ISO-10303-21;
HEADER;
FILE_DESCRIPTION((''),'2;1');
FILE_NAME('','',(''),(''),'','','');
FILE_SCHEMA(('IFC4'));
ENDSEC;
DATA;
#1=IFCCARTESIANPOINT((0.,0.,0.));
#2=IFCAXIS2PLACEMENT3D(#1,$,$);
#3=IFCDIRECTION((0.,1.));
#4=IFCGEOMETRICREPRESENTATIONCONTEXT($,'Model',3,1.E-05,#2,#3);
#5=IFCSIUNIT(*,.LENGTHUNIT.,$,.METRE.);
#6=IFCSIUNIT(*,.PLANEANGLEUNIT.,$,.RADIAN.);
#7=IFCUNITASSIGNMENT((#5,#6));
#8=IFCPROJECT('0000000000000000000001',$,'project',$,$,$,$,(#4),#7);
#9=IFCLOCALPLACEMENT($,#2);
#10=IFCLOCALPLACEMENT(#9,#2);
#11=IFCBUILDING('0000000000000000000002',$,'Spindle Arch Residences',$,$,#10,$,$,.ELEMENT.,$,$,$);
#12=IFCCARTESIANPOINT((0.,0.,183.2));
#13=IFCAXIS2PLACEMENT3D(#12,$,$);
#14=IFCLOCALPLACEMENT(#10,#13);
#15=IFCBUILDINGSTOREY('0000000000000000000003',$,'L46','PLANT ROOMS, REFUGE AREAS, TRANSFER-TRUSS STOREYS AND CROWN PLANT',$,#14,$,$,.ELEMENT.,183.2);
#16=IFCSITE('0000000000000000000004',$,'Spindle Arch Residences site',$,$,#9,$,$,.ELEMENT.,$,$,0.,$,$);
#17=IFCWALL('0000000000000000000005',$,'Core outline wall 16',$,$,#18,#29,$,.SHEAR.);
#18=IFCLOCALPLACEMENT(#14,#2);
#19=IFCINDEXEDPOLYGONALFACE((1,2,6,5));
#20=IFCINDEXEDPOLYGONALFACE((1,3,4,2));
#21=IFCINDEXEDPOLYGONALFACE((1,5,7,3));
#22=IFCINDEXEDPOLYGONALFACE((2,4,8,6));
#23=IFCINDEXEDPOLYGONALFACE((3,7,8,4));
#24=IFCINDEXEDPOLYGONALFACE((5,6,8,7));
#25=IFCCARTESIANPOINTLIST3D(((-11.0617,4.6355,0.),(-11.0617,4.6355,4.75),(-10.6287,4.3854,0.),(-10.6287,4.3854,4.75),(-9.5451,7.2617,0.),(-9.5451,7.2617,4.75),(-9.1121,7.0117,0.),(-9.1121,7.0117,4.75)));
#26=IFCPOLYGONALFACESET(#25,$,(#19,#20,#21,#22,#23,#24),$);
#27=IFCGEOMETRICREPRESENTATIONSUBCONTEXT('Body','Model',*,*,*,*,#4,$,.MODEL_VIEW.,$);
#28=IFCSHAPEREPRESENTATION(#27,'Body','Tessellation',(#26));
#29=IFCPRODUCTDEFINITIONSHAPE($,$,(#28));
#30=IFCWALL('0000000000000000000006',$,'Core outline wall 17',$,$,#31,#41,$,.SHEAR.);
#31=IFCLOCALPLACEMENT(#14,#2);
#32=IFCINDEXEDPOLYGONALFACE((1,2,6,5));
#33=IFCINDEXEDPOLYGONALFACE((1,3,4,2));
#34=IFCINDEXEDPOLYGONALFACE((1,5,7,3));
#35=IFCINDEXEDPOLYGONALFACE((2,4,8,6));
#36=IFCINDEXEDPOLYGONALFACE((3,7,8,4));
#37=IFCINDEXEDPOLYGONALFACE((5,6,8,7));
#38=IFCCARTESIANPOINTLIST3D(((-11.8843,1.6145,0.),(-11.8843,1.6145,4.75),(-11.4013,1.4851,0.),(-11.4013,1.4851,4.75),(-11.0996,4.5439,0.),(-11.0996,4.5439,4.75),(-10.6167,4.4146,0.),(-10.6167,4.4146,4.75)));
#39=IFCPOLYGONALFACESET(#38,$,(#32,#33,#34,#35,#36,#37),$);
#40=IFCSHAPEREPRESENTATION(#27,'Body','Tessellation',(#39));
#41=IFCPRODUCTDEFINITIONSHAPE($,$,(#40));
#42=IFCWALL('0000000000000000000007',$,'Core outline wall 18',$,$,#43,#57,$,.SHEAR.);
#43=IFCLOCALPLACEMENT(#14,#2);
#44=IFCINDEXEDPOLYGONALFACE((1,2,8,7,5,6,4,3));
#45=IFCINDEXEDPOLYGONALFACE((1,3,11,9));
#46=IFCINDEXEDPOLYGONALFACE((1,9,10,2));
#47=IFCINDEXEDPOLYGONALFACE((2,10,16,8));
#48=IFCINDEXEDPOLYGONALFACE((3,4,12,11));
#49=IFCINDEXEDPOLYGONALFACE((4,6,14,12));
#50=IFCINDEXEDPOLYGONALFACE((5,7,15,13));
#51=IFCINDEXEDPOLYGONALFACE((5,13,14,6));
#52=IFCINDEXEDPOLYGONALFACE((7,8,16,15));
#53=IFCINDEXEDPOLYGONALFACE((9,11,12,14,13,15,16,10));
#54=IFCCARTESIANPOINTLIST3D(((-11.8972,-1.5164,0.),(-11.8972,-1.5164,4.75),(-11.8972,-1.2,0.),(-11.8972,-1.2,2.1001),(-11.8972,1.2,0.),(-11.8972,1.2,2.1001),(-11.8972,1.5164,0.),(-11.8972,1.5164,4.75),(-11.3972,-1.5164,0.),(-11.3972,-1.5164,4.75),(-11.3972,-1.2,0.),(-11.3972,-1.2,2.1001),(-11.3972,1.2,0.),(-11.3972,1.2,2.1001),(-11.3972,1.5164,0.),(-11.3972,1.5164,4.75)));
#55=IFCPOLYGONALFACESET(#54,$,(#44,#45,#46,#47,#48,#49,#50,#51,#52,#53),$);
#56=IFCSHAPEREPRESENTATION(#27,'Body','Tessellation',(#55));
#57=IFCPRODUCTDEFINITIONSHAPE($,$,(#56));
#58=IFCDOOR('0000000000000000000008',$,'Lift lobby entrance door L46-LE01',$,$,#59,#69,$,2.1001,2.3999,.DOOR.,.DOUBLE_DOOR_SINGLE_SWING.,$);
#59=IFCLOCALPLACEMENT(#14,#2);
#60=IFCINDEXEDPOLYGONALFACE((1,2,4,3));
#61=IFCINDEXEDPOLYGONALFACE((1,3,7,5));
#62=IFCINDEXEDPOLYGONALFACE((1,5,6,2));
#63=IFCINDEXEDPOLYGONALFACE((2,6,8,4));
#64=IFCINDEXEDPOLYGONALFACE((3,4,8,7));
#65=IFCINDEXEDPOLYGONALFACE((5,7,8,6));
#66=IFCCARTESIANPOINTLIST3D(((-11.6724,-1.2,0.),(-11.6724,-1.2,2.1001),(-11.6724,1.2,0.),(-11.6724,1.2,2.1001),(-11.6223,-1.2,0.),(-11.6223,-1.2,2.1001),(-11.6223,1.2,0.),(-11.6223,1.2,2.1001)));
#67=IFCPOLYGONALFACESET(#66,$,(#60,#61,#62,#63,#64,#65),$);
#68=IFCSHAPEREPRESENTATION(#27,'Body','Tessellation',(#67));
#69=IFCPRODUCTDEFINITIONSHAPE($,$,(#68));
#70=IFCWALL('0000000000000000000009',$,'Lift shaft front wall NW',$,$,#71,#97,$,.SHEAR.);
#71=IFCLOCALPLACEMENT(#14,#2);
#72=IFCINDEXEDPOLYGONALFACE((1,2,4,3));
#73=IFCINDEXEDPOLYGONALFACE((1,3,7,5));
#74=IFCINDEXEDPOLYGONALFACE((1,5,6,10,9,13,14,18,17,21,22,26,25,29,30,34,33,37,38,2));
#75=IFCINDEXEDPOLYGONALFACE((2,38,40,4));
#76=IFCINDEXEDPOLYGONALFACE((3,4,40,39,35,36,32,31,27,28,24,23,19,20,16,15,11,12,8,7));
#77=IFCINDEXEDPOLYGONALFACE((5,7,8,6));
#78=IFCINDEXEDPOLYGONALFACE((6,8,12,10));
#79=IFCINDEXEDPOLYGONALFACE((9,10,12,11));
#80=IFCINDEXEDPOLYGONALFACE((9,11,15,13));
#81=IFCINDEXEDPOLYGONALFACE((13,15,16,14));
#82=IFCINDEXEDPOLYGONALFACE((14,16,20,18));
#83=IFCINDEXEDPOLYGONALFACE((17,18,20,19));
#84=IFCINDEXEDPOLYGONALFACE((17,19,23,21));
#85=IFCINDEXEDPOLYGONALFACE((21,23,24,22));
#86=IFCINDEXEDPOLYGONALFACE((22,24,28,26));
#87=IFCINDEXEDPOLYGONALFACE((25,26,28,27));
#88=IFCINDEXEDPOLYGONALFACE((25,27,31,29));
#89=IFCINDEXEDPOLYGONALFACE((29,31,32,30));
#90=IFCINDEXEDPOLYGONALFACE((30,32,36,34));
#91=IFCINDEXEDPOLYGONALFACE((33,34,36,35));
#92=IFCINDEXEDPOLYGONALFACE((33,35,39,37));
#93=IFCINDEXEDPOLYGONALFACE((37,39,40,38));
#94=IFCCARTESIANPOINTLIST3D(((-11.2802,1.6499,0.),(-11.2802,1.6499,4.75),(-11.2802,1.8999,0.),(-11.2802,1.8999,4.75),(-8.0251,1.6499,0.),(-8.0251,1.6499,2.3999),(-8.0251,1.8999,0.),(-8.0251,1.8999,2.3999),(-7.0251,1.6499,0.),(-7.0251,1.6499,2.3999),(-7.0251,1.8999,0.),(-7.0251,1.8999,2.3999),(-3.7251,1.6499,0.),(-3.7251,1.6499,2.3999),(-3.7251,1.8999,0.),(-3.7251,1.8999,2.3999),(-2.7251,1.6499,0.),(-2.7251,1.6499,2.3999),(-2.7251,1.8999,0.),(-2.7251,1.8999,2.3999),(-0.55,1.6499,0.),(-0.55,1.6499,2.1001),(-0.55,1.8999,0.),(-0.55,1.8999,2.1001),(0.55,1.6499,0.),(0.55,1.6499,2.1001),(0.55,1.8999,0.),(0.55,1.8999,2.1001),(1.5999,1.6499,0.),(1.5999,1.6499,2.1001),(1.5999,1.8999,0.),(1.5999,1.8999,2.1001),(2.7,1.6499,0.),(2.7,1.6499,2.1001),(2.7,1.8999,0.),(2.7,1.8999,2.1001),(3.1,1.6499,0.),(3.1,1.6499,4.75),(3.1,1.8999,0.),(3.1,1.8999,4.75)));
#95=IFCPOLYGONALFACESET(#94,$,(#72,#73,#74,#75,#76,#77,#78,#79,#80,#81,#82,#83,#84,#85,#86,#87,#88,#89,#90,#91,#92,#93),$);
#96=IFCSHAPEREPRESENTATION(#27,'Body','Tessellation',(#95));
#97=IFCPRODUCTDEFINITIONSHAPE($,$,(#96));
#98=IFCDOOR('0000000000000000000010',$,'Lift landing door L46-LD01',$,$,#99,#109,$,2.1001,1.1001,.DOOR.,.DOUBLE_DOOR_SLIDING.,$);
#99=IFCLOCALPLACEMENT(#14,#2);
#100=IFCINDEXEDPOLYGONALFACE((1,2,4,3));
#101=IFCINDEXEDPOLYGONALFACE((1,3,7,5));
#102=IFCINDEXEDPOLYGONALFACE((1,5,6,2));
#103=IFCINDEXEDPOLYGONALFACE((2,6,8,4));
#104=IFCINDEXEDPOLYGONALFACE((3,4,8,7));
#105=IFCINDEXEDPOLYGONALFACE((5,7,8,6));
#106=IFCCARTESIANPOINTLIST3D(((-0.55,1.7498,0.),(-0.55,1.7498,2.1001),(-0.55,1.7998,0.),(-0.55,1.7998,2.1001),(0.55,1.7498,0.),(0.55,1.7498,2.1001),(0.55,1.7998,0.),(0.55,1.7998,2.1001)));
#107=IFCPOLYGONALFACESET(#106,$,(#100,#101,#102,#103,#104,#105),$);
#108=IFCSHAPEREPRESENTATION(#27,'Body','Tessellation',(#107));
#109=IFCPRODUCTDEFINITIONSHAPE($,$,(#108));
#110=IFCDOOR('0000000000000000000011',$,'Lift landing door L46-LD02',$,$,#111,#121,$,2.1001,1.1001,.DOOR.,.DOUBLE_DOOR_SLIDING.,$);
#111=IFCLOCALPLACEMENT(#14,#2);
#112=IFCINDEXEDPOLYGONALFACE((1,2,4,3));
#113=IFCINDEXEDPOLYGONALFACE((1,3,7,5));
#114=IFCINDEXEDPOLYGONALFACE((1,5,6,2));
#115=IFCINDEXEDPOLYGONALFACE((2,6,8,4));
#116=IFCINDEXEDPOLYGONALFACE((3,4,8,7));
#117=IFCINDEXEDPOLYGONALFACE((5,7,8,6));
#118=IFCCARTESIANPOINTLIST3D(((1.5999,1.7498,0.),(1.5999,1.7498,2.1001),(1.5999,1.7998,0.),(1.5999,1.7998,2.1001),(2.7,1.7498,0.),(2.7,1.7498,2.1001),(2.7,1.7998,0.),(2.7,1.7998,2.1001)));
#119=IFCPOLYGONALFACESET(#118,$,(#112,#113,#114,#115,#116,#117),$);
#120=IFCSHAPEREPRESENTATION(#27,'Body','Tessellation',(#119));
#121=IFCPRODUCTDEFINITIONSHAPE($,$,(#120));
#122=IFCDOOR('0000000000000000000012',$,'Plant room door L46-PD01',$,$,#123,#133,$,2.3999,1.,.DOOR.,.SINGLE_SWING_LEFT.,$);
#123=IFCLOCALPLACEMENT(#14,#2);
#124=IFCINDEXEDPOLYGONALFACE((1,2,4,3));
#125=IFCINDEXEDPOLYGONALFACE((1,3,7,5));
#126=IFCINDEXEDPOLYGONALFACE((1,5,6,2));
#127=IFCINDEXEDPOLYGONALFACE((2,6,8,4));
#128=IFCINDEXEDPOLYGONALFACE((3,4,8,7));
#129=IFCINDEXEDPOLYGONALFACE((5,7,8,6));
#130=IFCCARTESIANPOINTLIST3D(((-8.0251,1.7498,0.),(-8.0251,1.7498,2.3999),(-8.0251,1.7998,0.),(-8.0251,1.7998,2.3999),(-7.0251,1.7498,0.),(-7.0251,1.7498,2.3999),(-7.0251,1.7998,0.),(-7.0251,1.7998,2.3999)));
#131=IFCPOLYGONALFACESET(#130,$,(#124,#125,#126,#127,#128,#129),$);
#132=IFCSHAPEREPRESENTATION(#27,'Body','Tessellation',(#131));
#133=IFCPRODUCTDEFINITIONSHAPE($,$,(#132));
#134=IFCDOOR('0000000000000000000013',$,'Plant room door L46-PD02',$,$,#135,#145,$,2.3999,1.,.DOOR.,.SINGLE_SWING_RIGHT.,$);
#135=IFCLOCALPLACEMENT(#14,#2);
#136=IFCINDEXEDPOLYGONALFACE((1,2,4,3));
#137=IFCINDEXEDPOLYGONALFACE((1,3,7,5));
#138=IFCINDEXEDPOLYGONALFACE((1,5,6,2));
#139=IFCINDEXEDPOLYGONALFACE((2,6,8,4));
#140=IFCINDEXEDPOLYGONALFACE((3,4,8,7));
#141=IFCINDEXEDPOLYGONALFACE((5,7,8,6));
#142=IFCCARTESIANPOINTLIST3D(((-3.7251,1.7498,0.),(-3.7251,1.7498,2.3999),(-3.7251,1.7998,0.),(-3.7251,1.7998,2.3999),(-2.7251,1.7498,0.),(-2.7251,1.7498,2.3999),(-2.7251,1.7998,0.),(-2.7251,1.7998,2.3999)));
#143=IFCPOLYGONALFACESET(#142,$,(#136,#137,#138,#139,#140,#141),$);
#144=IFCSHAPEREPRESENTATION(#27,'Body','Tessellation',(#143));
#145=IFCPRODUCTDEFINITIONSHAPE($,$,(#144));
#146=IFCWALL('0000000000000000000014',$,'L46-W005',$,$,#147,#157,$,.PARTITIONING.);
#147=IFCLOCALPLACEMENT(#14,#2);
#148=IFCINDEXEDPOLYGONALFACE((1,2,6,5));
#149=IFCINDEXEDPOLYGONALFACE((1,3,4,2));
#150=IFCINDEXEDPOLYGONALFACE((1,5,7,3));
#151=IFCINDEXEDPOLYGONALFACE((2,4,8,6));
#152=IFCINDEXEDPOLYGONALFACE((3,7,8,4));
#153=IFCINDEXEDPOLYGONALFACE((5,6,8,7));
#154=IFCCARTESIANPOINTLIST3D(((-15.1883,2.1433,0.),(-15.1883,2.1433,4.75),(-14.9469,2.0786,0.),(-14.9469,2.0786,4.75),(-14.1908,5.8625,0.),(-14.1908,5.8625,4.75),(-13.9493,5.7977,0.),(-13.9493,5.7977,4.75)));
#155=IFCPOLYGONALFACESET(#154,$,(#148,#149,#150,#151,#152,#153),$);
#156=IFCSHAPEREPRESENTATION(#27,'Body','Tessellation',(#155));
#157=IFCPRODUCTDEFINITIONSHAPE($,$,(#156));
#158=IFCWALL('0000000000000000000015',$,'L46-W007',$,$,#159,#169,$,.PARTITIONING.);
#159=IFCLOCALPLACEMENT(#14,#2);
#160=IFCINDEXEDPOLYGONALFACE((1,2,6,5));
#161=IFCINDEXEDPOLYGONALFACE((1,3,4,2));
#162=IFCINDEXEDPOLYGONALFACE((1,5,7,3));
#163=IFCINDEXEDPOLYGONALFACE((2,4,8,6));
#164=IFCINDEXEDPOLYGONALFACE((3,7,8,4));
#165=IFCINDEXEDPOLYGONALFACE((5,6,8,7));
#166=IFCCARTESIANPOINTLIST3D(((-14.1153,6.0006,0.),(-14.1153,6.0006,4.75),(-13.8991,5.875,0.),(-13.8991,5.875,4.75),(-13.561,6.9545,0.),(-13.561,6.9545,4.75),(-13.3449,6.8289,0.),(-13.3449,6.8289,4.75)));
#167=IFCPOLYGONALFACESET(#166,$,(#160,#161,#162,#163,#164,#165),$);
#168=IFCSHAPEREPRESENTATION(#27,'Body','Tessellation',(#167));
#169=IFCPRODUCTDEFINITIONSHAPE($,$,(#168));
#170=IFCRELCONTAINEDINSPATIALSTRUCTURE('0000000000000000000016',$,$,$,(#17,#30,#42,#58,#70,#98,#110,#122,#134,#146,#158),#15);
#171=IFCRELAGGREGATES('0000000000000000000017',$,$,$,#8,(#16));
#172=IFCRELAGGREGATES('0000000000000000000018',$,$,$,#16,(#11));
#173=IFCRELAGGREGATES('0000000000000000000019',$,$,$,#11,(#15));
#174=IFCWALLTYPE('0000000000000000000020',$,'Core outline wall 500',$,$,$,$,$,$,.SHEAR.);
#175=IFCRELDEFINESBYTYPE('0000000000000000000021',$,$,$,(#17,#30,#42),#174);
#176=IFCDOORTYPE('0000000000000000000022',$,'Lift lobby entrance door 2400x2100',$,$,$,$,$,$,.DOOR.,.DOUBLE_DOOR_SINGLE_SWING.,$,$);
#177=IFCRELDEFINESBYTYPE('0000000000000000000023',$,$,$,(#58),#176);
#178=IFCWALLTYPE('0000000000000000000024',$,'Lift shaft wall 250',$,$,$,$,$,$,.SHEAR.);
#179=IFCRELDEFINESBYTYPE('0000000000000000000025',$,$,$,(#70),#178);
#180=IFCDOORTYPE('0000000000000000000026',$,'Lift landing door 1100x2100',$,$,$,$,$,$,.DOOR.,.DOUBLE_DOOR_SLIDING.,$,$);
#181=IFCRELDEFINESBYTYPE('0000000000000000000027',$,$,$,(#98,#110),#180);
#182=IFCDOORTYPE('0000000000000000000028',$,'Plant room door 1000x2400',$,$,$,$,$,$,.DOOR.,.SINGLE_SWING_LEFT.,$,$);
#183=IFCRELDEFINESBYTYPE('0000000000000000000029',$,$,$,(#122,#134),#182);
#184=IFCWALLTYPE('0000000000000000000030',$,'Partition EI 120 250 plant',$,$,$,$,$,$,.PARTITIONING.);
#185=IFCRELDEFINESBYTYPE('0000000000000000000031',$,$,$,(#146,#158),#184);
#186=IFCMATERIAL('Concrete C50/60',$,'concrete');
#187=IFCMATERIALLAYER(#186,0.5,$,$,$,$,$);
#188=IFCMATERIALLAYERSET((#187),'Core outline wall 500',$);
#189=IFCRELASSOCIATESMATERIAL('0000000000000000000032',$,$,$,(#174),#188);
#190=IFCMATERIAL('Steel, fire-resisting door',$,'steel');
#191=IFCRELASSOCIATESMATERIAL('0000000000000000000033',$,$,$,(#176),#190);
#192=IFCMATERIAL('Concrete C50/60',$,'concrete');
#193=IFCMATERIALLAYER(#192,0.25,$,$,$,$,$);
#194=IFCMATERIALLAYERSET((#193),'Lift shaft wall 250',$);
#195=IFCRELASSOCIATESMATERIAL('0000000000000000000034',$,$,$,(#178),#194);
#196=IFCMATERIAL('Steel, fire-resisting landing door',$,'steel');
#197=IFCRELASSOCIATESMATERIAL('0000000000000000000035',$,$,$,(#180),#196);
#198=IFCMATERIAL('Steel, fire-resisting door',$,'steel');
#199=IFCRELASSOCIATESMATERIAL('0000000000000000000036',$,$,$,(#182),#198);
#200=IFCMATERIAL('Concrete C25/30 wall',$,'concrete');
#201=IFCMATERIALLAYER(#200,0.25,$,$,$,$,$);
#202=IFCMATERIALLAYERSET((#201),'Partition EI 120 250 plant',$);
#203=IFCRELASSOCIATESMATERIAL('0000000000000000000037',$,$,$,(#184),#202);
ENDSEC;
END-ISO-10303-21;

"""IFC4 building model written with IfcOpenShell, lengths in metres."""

from ifc_helpers import new_model, si_unit, direction, frame, frame_2d, origin, place, context, subcontext, project, spatial, rectangle, extrude, material, layer, layer_set, type_object, element, fill, save


model = new_model("IFC4")

# Units and contexts
model_context = context("Model", 3, precision=1e-05, world=origin(), true_north=direction((0.0, 1.0)))
body_context = subcontext(model_context, "Body", "Model", "MODEL_VIEW")
ifc_project = project(units=[si_unit("LENGTHUNIT", "METRE"), si_unit("PLANEANGLEUNIT", "RADIAN")], contexts=[model_context])

# Site, building, storey
site_placement = place(None, origin())
site = spatial("IfcSite", under=ifc_project, at=site_placement, Name="Spindle Arch Residences site", CompositionType="ELEMENT", RefElevation=0.0)
building_placement = place(site_placement, origin())
building = spatial("IfcBuilding", under=site, at=building_placement, Name="Spindle Arch Residences", CompositionType="ELEMENT")
storey_placement = place(building_placement, frame((0.0, 0.0, 183.2)))
storey = spatial("IfcBuildingStorey", under=building, at=storey_placement, Name="L46", Description="PLANT ROOMS, REFUGE AREAS, TRANSFER-TRUSS STOREYS AND CROWN PLANT", CompositionType="ELEMENT", Elevation=183.2)

# Walls
ifc_material_1 = material(Name="Concrete C50/60", Category="concrete")
ifc_layer_1 = layer(ifc_material_1, 0.5)
ifc_layer_set_1 = layer_set([ifc_layer_1], Name="Core outline wall 500")
wall_type_1 = type_object("IfcWallType", Name="Core outline wall 500", PredefinedType="SHEAR", material=ifc_layer_set_1)
for number, where, z_axis, x_axis, name in (
    (1, (-9.3286, 7.1367, 0.0), (0.0, 0.0, 1.0), (-0.500087, -0.865975, 0.0), "Core outline wall 16"),
    (2, (-10.8582, 4.4792, 0.0), (0.0, 0.0, 1.0), (-0.258735, -0.965948, 0.0), "Core outline wall 17"),
):
    element("IfcWall", number, at=place(storey_placement, frame(where, z_axis=z_axis, x_axis=x_axis)), inside=storey, type_object=wall_type_1, Name=name, PredefinedType="SHEAR", context=body_context, shape_type="SweptSolid", body=[
        extrude(rectangle(XDim=3.0327, YDim=0.5, at=frame_2d((1.5164, 0.0))), origin(), (0.0, 0.0, 1.0), 4.75),
    ])

# Wall, opening, door
wall_1_placement = place(storey_placement, frame((-11.6472, 1.5164, 0.0), z_axis=(0.0, 0.0, 1.0), x_axis=(0.0, -1.0, 0.0)))
wall_1 = element("IfcWall", 3, at=wall_1_placement, inside=storey, type_object=wall_type_1, Name="Core outline wall 18", PredefinedType="SHEAR", context=body_context, shape_type="SweptSolid", body=[
    extrude(rectangle(XDim=3.0327, YDim=0.5, at=frame_2d((1.5164, 0.0))), origin(), (0.0, 0.0, 1.0), 4.75),
])
opening_1_placement = place(wall_1_placement, frame((0.3164, 0.0, 0.0)))
opening_1 = element("IfcOpeningElement", 4, at=opening_1_placement, cuts=wall_1, PredefinedType="OPENING", context=body_context, shape_type="SweptSolid", body=[
    extrude(rectangle(XDim=2.3999, YDim=2.1001, at=frame_2d((1.2, 1.05))), frame((0.0, 0.26, 0.0), z_axis=(0.0, -1.0, 0.0), x_axis=(1.0, 0.0, 0.0)), (0.0, 0.0, 1.0), 0.52),
])
ifc_material_2 = material(Name="Steel, fire-resisting door", Category="steel")
door_type_1 = type_object("IfcDoorType", Name="Lift lobby entrance door 2400x2100", OperationType="DOUBLE_DOOR_SINGLE_SWING", PredefinedType="DOOR", material=ifc_material_2)
door_1_placement = place(opening_1_placement, origin())
door_1 = element("IfcDoor", 5, at=door_1_placement, inside=storey, type_object=door_type_1, Name="Lift lobby entrance door L46-LE01", OperationType="DOUBLE_DOOR_SINGLE_SWING", OverallHeight=2.1001, OverallWidth=2.3999, PredefinedType="DOOR", context=body_context, shape_type="SweptSolid", body=[
    extrude(rectangle(XDim=2.3999, YDim=2.1001, at=frame_2d((1.2, 1.05))), frame((0.0, 0.0249, 0.0), z_axis=(0.0, -1.0, 0.0), x_axis=(1.0, 0.0, 0.0)), (0.0, 0.0, 1.0), 0.05),
])
fill(opening_1, door_1)

# Wall, openings, doors
ifc_material_3 = material(Name="Concrete C50/60", Category="concrete")
ifc_layer_2 = layer(ifc_material_3, 0.25)
ifc_layer_set_2 = layer_set([ifc_layer_2], Name="Lift shaft wall 250")
wall_type_2 = type_object("IfcWallType", Name="Lift shaft wall 250", PredefinedType="SHEAR", material=ifc_layer_set_2)
wall_2_placement = place(storey_placement, frame((-11.28, 1.7749, 0.0), z_axis=(0.0, 0.0, 1.0), x_axis=(1.0, 0.0, 0.0)))
wall_2 = element("IfcWall", 6, at=wall_2_placement, inside=storey, type_object=wall_type_2, Name="Lift shaft front wall NW", PredefinedType="SHEAR", context=body_context, shape_type="SweptSolid", body=[
    extrude(rectangle(XDim=14.3801, YDim=0.25, at=frame_2d((7.1899, 0.0))), origin(), (0.0, 0.0, 1.0), 4.75),
])
opening_2_placement = place(wall_2_placement, frame((10.73, 0.0, 0.0)))
opening_2 = element("IfcOpeningElement", 7, at=opening_2_placement, cuts=wall_2, PredefinedType="OPENING", context=body_context, shape_type="SweptSolid", body=[
    extrude(rectangle(XDim=1.1001, YDim=2.1001, at=frame_2d((0.55, 1.05))), frame((0.0, 0.135, 0.0), z_axis=(0.0, -1.0, 0.0), x_axis=(1.0, 0.0, 0.0)), (0.0, 0.0, 1.0), 0.27),
])
opening_3_placement = place(wall_2_placement, frame((12.8799, 0.0, 0.0)))
opening_3 = element("IfcOpeningElement", 8, at=opening_3_placement, cuts=wall_2, PredefinedType="OPENING", context=body_context, shape_type="SweptSolid", body=[
    extrude(rectangle(XDim=1.1001, YDim=2.1001, at=frame_2d((0.55, 1.05))), frame((0.0, 0.135, 0.0), z_axis=(0.0, -1.0, 0.0), x_axis=(1.0, 0.0, 0.0)), (0.0, 0.0, 1.0), 0.27),
])
opening_4_placement = place(wall_2_placement, frame((3.2549, 0.0, 0.0)))
opening_4 = element("IfcOpeningElement", 9, at=opening_4_placement, cuts=wall_2, PredefinedType="OPENING", context=body_context, shape_type="SweptSolid", body=[
    extrude(rectangle(XDim=1.0, YDim=2.3999, at=frame_2d((0.5, 1.2))), frame((0.0, 0.135, 0.0), z_axis=(0.0, -1.0, 0.0), x_axis=(1.0, 0.0, 0.0)), (0.0, 0.0, 1.0), 0.27),
])
opening_5_placement = place(wall_2_placement, frame((7.5549, 0.0, 0.0)))
opening_5 = element("IfcOpeningElement", 10, at=opening_5_placement, cuts=wall_2, PredefinedType="OPENING", context=body_context, shape_type="SweptSolid", body=[
    extrude(rectangle(XDim=1.0, YDim=2.3999, at=frame_2d((0.5, 1.2))), frame((0.0, 0.135, 0.0), z_axis=(0.0, -1.0, 0.0), x_axis=(1.0, 0.0, 0.0)), (0.0, 0.0, 1.0), 0.27),
])
ifc_material_4 = material(Name="Steel, fire-resisting landing door", Category="steel")
door_type_2 = type_object("IfcDoorType", Name="Lift landing door 1100x2100", OperationType="DOUBLE_DOOR_SLIDING", PredefinedType="DOOR", material=ifc_material_4)
door_2_placement = place(opening_2_placement, origin())
door_2 = element("IfcDoor", 11, at=door_2_placement, inside=storey, type_object=door_type_2, Name="Lift landing door L46-LD01", OperationType="DOUBLE_DOOR_SLIDING", OverallHeight=2.1001, OverallWidth=1.1001, PredefinedType="DOOR", context=body_context, shape_type="SweptSolid", body=[
    extrude(rectangle(XDim=1.1001, YDim=2.1001, at=frame_2d((0.55, 1.05))), frame((0.0, 0.0249, 0.0), z_axis=(0.0, -1.0, 0.0), x_axis=(1.0, 0.0, 0.0)), (0.0, 0.0, 1.0), 0.05),
])
fill(opening_2, door_2)
door_3_placement = place(opening_3_placement, origin())
door_3 = element("IfcDoor", 12, at=door_3_placement, inside=storey, type_object=door_type_2, Name="Lift landing door L46-LD02", OperationType="DOUBLE_DOOR_SLIDING", OverallHeight=2.1001, OverallWidth=1.1001, PredefinedType="DOOR", context=body_context, shape_type="SweptSolid", body=[
    extrude(rectangle(XDim=1.1001, YDim=2.1001, at=frame_2d((0.55, 1.05))), frame((0.0, 0.0249, 0.0), z_axis=(0.0, -1.0, 0.0), x_axis=(1.0, 0.0, 0.0)), (0.0, 0.0, 1.0), 0.05),
])
fill(opening_3, door_3)
ifc_material_5 = material(Name="Steel, fire-resisting door", Category="steel")
door_type_3 = type_object("IfcDoorType", Name="Plant room door 1000x2400", OperationType="SINGLE_SWING_LEFT", PredefinedType="DOOR", material=ifc_material_5)
door_4_placement = place(opening_4_placement, origin())
door_4 = element("IfcDoor", 13, at=door_4_placement, inside=storey, type_object=door_type_3, Name="Plant room door L46-PD01", OperationType="SINGLE_SWING_LEFT", OverallHeight=2.3999, OverallWidth=1.0, PredefinedType="DOOR", context=body_context, shape_type="SweptSolid", body=[
    extrude(rectangle(XDim=1.0, YDim=2.3999, at=frame_2d((0.5, 1.2))), frame((0.0, 0.0249, 0.0), z_axis=(0.0, -1.0, 0.0), x_axis=(1.0, 0.0, 0.0)), (0.0, 0.0, 1.0), 0.05),
])
fill(opening_4, door_4)
door_5_placement = place(opening_5_placement, origin())
door_5 = element("IfcDoor", 14, at=door_5_placement, inside=storey, type_object=door_type_3, Name="Plant room door L46-PD02", OperationType="SINGLE_SWING_RIGHT", OverallHeight=2.3999, OverallWidth=1.0, PredefinedType="DOOR", context=body_context, shape_type="SweptSolid", body=[
    extrude(rectangle(XDim=1.0, YDim=2.3999, at=frame_2d((0.5, 1.2))), frame((0.0, 0.0249, 0.0), z_axis=(0.0, -1.0, 0.0), x_axis=(1.0, 0.0, 0.0)), (0.0, 0.0, 1.0), 0.05),
])
fill(opening_5, door_5)

# Walls
ifc_material_6 = material(Name="Concrete C25/30 wall", Category="concrete")
ifc_layer_3 = layer(ifc_material_6, 0.25)
ifc_layer_set_3 = layer_set([ifc_layer_3], Name="Partition EI 120 250 plant")
wall_type_3 = type_object("IfcWallType", Name="Partition EI 120 250 plant", PredefinedType="PARTITIONING", material=ifc_layer_set_3)
wall_3_placement = place(storey_placement, frame((-14.0701, 5.8301, 0.0), z_axis=(0.0, 0.0, 1.0), x_axis=(-0.259059, -0.965861, 0.0)))
element("IfcWall", 15, at=wall_3_placement, inside=storey, type_object=wall_type_3, Name="L46-W005", PredefinedType="PARTITIONING", context=body_context, shape_type="SweptSolid", body=[
    extrude(rectangle(XDim=3.8506, YDim=0.25, at=frame_2d((1.9253, 0.0))), origin(), (0.0, 0.0, 1.0), 4.75),
])
wall_4_placement = place(storey_placement, frame((-13.4529, 6.8918, 0.0), z_axis=(0.0, 0.0, 1.0), x_axis=(-0.50237, -0.864653, 0.0)))
element("IfcWall", 16, at=wall_4_placement, inside=storey, type_object=wall_type_3, Name="L46-W007", PredefinedType="PARTITIONING", context=body_context, shape_type="SweptSolid", body=[
    extrude(rectangle(XDim=1.1033, YDim=0.25, at=frame_2d((0.5518, 0.0))), origin(), (0.0, 0.0, 1.0), 4.75),
])

save(model, "model.ifc")
